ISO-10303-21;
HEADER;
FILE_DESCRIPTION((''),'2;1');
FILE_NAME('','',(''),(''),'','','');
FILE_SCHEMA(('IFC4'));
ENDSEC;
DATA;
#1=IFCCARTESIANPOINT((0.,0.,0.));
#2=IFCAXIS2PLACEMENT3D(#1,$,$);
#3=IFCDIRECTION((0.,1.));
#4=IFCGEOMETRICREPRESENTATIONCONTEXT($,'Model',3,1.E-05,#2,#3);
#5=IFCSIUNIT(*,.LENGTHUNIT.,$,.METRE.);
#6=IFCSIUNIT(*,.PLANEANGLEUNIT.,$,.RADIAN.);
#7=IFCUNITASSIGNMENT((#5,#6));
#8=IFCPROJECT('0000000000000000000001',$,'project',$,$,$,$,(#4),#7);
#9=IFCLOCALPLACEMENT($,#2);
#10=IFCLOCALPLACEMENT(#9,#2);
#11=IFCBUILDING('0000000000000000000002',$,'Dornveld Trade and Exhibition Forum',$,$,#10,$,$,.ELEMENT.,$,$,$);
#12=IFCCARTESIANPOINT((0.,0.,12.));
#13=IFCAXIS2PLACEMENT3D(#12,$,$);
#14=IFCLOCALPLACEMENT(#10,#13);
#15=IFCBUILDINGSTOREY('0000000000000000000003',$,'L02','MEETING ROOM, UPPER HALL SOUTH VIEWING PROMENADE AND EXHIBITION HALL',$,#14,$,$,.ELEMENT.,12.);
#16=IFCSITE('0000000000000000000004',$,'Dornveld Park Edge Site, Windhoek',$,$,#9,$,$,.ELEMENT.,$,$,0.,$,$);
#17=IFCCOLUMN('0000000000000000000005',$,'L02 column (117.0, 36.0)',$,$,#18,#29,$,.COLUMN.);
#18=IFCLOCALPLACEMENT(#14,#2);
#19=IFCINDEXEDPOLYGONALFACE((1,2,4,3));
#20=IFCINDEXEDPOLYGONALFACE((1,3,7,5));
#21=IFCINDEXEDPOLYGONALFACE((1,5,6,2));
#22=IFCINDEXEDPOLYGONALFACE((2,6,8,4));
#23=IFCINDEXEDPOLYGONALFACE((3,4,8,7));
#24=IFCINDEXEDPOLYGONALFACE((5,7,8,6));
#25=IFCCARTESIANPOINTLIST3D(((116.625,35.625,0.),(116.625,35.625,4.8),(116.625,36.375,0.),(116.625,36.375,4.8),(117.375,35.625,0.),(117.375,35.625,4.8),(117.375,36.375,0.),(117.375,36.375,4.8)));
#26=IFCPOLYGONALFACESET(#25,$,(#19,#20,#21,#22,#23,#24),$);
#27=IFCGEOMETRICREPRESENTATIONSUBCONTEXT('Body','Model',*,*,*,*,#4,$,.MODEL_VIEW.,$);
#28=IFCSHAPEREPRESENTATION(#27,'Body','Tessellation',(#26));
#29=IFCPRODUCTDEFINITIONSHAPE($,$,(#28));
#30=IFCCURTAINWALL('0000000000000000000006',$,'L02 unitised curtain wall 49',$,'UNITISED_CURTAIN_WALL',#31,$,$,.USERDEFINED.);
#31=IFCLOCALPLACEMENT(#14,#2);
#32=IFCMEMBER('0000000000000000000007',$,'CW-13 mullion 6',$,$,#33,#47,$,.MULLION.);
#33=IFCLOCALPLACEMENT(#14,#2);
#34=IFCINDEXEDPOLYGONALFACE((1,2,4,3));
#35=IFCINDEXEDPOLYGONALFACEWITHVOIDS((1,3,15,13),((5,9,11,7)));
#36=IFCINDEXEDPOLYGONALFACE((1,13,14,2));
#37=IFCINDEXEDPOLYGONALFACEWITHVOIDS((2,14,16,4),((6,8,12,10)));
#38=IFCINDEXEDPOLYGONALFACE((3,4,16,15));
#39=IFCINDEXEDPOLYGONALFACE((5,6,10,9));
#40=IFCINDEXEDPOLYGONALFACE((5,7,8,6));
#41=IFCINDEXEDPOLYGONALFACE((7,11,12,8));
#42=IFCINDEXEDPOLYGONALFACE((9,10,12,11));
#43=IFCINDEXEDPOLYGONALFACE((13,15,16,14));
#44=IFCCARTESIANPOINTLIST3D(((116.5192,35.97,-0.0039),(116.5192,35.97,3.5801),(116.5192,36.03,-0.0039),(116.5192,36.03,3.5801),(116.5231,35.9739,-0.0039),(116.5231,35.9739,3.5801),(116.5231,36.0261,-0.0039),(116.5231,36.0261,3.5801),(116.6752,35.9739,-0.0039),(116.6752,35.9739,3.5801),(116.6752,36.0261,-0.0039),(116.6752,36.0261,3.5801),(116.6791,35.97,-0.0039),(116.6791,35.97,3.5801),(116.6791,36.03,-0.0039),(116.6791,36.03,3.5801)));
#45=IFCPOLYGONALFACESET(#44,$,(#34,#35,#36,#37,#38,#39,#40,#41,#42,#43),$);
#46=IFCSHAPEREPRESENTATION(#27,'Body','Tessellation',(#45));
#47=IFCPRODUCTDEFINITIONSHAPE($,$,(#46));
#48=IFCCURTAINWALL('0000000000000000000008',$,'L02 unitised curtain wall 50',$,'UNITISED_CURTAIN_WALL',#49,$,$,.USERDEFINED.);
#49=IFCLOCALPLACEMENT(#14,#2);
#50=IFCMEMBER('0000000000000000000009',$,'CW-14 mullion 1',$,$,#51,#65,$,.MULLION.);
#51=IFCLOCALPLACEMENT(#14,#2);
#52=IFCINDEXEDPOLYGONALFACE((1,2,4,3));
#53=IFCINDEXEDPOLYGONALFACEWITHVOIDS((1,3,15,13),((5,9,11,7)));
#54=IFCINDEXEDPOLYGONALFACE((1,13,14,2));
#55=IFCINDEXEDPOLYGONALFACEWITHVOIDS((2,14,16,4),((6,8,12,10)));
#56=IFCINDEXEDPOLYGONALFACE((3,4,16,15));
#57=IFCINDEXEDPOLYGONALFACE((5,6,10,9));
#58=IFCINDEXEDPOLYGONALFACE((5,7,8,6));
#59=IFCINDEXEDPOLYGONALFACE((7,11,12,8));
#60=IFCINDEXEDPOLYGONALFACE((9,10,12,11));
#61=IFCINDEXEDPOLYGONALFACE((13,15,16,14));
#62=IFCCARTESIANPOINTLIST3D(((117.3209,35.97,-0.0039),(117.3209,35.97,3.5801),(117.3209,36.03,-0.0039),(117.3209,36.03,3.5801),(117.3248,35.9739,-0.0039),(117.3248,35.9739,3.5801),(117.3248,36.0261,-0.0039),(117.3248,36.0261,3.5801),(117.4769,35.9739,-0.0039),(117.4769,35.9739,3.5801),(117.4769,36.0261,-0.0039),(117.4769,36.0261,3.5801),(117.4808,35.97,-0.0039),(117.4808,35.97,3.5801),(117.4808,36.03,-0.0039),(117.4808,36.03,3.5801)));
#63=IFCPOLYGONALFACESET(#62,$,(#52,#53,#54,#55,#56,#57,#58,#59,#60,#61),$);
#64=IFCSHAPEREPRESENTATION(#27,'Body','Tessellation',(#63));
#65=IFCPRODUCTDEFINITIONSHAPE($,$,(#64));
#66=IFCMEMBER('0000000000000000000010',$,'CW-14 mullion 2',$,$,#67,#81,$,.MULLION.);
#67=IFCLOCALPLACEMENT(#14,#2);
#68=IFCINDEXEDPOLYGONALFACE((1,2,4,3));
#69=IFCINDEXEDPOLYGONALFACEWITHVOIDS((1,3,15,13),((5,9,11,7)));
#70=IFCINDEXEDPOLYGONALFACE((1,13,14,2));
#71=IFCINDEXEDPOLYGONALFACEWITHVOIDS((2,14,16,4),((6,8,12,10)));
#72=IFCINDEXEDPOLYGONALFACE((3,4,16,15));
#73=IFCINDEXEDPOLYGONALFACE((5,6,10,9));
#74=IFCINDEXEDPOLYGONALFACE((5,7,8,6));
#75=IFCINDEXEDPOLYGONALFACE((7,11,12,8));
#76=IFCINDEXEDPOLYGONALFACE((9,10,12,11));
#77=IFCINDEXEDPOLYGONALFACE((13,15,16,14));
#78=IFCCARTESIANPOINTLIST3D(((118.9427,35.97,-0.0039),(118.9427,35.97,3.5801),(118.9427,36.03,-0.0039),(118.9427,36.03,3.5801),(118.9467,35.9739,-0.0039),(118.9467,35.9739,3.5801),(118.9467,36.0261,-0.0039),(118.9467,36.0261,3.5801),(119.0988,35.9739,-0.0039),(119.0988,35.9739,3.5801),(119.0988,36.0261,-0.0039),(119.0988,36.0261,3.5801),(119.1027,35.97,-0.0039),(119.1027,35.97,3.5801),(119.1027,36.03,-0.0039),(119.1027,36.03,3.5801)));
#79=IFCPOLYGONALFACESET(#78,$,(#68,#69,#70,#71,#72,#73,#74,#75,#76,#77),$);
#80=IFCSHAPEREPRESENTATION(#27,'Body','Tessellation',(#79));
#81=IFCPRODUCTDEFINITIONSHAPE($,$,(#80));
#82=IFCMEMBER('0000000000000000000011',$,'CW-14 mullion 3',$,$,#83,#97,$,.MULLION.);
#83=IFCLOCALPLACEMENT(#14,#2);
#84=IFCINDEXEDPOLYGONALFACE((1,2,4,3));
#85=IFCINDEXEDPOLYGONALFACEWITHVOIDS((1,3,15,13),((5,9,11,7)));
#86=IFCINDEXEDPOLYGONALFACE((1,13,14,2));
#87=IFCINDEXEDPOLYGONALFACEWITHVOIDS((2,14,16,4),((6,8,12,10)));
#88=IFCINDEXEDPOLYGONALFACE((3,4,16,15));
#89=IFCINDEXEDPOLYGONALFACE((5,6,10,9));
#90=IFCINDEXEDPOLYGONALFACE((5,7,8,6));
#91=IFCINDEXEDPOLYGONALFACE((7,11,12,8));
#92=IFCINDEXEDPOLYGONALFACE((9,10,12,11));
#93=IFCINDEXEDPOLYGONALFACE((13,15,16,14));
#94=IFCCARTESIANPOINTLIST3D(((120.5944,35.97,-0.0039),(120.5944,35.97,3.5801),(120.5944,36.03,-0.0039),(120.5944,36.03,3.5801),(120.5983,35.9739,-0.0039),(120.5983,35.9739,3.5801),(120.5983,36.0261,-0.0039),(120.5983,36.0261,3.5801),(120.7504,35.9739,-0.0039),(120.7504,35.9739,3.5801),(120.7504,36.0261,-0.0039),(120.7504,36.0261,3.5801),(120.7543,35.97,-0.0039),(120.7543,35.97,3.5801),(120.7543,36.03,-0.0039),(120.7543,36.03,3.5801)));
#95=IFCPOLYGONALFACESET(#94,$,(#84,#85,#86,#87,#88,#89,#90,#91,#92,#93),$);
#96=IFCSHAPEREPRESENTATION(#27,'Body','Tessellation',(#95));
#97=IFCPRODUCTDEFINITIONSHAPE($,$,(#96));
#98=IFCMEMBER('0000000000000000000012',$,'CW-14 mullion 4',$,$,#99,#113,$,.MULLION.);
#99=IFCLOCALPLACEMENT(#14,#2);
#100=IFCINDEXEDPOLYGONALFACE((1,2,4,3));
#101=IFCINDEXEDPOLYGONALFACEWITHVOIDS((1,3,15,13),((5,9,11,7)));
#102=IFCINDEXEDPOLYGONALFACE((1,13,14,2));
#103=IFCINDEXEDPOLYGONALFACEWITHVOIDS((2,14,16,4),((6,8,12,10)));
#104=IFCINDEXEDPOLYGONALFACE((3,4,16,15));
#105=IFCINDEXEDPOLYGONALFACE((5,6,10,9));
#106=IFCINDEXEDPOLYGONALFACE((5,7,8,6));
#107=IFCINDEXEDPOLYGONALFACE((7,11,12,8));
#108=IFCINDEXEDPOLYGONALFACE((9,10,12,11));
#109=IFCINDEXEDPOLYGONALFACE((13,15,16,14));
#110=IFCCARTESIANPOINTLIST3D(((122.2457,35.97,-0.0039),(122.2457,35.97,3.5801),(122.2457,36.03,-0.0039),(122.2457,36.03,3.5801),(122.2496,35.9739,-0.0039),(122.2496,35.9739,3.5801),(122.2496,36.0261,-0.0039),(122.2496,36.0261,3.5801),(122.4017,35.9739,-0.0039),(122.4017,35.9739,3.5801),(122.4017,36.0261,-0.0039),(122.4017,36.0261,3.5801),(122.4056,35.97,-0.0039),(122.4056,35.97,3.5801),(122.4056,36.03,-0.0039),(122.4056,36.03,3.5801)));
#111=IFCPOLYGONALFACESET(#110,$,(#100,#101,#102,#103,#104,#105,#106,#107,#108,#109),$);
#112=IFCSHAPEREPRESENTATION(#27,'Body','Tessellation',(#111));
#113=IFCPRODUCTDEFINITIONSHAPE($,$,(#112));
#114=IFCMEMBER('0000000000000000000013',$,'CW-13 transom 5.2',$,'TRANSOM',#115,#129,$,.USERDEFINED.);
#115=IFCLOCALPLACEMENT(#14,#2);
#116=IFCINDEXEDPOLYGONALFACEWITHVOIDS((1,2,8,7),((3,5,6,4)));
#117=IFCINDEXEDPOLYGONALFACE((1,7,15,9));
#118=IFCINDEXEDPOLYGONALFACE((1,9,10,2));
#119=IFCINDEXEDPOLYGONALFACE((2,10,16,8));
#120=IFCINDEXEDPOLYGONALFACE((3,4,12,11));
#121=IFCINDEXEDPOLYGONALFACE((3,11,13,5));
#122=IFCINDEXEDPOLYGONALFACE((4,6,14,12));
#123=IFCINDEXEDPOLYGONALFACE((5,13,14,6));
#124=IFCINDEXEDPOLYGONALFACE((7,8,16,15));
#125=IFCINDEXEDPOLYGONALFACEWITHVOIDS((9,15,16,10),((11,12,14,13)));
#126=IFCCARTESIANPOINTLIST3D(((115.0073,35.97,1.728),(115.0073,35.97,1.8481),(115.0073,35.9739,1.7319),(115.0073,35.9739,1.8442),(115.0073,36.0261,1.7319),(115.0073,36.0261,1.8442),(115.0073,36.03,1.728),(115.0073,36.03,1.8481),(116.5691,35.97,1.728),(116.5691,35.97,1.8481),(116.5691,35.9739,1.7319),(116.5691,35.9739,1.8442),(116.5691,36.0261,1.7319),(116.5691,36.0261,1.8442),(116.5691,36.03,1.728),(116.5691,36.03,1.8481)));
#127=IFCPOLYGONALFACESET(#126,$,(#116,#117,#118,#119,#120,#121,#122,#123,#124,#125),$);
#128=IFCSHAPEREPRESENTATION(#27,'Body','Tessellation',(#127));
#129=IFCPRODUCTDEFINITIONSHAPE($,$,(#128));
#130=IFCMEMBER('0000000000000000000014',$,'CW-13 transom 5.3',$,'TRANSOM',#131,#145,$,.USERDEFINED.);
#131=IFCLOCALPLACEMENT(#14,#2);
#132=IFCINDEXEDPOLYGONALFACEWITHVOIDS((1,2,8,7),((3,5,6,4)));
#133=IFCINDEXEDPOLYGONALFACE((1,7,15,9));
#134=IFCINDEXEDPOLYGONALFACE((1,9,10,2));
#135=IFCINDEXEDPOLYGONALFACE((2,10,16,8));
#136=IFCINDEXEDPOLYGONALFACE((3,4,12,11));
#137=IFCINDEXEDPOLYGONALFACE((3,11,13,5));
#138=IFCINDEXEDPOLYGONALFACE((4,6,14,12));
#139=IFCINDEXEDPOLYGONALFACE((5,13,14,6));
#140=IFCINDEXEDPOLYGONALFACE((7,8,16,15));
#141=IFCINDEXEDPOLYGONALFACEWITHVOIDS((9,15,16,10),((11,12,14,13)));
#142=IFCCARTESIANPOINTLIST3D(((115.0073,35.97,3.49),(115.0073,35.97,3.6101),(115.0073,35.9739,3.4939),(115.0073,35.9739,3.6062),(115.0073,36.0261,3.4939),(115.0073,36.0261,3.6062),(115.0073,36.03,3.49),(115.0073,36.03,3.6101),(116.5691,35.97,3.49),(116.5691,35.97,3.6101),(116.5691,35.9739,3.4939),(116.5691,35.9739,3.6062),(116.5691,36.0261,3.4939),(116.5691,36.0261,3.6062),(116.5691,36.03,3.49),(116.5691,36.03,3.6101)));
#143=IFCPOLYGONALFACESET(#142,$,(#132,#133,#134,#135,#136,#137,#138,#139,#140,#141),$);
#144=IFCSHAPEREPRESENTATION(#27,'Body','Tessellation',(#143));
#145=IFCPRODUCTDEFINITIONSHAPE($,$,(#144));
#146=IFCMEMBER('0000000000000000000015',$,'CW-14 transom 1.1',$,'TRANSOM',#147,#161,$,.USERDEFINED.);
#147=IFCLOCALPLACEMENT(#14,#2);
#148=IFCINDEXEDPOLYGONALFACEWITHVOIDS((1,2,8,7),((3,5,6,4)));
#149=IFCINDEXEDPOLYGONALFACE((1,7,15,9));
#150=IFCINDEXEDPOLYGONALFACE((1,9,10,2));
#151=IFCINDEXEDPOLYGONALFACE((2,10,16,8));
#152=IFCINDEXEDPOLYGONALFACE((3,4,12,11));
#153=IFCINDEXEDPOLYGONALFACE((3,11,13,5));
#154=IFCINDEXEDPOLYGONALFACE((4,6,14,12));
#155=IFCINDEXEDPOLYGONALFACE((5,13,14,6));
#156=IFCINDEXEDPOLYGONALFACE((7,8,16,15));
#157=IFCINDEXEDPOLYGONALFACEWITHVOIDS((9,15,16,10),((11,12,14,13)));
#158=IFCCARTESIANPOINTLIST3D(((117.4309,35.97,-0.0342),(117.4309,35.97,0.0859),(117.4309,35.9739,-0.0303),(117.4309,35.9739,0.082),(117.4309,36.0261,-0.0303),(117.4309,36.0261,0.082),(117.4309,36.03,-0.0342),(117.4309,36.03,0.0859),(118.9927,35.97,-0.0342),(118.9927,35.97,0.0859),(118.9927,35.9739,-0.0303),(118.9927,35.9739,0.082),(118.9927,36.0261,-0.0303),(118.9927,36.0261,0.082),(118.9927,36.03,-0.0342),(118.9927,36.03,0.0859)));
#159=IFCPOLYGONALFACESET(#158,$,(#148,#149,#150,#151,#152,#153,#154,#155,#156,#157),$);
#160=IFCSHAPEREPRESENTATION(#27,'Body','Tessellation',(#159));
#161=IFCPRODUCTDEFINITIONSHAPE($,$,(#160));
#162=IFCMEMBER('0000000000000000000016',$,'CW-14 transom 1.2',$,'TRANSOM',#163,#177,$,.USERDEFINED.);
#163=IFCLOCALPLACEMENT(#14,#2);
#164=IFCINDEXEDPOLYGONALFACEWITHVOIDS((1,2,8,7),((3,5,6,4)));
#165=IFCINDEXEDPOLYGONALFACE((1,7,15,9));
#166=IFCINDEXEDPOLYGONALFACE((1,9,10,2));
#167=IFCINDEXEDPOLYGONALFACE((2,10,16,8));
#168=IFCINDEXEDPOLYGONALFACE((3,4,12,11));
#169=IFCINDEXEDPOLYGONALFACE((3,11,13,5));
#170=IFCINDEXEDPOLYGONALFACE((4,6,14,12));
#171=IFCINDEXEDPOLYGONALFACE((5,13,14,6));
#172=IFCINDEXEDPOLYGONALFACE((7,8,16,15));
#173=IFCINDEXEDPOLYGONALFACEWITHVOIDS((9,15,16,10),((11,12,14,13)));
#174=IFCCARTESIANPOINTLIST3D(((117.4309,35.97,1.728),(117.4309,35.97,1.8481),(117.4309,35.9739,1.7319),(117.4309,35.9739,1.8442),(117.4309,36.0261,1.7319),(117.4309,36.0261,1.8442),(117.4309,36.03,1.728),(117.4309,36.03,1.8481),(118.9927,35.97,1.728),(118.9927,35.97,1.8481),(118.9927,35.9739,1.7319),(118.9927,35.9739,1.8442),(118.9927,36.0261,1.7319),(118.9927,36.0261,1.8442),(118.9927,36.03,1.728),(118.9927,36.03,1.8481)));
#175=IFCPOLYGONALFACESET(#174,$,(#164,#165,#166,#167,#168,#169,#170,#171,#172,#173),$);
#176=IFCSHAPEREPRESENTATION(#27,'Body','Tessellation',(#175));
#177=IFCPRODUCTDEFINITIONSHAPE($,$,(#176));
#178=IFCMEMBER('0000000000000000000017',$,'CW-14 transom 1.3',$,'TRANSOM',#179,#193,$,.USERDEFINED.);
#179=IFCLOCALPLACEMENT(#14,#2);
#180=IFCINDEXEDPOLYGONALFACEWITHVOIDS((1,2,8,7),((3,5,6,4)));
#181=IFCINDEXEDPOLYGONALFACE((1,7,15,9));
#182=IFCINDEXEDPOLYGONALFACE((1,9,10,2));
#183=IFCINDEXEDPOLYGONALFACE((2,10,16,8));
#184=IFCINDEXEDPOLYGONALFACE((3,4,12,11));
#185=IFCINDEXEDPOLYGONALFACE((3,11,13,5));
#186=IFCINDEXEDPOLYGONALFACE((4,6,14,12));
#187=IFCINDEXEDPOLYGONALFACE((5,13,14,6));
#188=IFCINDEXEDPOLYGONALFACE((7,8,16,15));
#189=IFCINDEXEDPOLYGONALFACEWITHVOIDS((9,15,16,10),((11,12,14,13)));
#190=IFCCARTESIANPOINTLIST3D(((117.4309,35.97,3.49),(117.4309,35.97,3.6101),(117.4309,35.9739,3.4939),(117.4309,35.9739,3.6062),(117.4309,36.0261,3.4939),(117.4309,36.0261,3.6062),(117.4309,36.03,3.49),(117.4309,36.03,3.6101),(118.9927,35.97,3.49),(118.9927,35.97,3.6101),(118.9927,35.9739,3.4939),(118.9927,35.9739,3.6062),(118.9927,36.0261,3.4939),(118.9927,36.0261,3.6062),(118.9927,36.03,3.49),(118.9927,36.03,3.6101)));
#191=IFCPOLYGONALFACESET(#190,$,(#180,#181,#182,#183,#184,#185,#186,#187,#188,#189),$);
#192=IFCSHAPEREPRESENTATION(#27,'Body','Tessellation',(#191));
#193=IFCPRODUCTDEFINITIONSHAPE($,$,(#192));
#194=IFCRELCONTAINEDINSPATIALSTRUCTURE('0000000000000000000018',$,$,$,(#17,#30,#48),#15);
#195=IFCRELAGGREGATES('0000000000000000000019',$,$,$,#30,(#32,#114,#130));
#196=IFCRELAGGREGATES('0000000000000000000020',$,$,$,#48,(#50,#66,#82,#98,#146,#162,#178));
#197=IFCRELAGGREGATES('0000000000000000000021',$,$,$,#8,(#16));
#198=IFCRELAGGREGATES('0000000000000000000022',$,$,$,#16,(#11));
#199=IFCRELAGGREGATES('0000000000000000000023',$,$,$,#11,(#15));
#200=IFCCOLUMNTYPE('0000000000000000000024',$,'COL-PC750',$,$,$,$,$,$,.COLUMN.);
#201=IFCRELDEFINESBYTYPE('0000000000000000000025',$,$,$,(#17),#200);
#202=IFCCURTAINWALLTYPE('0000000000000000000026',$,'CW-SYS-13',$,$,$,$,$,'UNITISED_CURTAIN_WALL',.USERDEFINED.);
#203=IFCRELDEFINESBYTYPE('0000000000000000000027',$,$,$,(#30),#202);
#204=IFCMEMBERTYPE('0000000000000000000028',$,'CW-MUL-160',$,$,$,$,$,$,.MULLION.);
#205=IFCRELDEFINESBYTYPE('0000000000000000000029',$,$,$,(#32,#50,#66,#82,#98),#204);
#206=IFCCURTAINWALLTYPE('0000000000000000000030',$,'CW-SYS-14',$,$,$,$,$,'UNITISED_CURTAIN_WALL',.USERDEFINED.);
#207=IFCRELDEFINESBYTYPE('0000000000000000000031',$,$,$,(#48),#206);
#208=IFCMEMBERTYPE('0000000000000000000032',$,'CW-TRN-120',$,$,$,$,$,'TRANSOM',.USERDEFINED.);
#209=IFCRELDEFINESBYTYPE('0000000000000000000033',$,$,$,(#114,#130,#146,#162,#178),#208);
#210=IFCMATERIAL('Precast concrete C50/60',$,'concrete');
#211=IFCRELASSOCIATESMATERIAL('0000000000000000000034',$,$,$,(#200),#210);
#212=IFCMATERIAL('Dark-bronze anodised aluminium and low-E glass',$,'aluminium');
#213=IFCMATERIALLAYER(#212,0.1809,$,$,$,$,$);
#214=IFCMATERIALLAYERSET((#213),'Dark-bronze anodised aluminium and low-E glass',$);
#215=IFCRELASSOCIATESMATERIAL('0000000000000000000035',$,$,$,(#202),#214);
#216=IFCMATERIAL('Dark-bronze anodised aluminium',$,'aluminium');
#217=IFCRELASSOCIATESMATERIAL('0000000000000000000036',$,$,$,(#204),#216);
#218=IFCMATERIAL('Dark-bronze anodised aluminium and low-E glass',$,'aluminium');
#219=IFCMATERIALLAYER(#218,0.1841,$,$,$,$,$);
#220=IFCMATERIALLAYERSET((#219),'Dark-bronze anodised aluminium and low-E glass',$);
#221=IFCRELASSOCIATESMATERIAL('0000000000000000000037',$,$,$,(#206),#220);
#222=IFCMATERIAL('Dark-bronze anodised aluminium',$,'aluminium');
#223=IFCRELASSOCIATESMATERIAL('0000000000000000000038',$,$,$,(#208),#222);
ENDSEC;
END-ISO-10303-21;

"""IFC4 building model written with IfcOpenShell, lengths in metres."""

from ifc_helpers import new_model, si_unit, direction, frame, origin, origin_2d, place, context, subcontext, project, spatial, rectangle, hollow_rectangle, extrude, material, layer, layer_set, material_profile, profile_set, type_object, element, aggregate, save


model = new_model("IFC4")

# Units and contexts
model_context = context("Model", 3, precision=1e-05, world=origin(), true_north=direction((0.0, 1.0)))
body_context = subcontext(model_context, "Body", "Model", "MODEL_VIEW")
ifc_project = project(units=[si_unit("LENGTHUNIT", "METRE"), si_unit("PLANEANGLEUNIT", "RADIAN")], contexts=[model_context])

# Site, building, storey
site_placement = place(None, origin())
site = spatial("IfcSite", under=ifc_project, at=site_placement, Name="Dornveld Park Edge Site, Windhoek", CompositionType="ELEMENT", RefElevation=0.0)
building_placement = place(site_placement, origin())
building = spatial("IfcBuilding", under=site, at=building_placement, Name="Dornveld Trade and Exhibition Forum", CompositionType="ELEMENT")
storey_placement = place(building_placement, frame((0.0, 0.0, 12.0)))
storey = spatial("IfcBuildingStorey", under=building, at=storey_placement, Name="L02", Description="MEETING ROOM, UPPER HALL SOUTH VIEWING PROMENADE AND EXHIBITION HALL", CompositionType="ELEMENT", Elevation=12.0)

# Column
ifc_material_1 = material(Name="Precast concrete C50/60", Category="concrete")
ifc_material_profile_1 = material_profile(ifc_material_1, rectangle(XDim=0.75, YDim=0.75, at=origin_2d()), Name="PC-COL 750x750")
ifc_profile_set_1 = profile_set([ifc_material_profile_1], Name="Precast concrete C50/60")
column_type = type_object("IfcColumnType", Name="COL-PC750", PredefinedType="COLUMN", material=ifc_profile_set_1)
column_placement = place(storey_placement, frame((117.0, 36.0, 0.0), z_axis=(0.0, 0.0, 1.0), x_axis=(1.0, 0.0, 0.0)))
element("IfcColumn", 1, at=column_placement, inside=storey, type_object=column_type, Name="L02 column (117.0, 36.0)", PredefinedType="COLUMN", context=body_context, shape_type="SweptSolid", body=[
    extrude(rectangle(XDim=0.75, YDim=0.75, at=origin_2d()), origin(), (0.0, 0.0, 1.0), 4.8),
])

# Curtain wall, member
ifc_material_2 = material(Name="Dark-bronze anodised aluminium and low-E glass", Category="aluminium")
ifc_layer_1 = layer(ifc_material_2, 0.1809)
ifc_layer_set_1 = layer_set([ifc_layer_1], Name="Dark-bronze anodised aluminium and low-E glass")
curtain_wall_type_1 = type_object("IfcCurtainWallType", Name="CW-SYS-13", ElementType="UNITISED_CURTAIN_WALL", PredefinedType="USERDEFINED", material=ifc_layer_set_1)
curtain_wall_1_placement = place(storey_placement, origin())
curtain_wall_1 = element("IfcCurtainWall", 2, at=curtain_wall_1_placement, inside=storey, type_object=curtain_wall_type_1, Name="L02 unitised curtain wall 49", ObjectType="UNITISED_CURTAIN_WALL", PredefinedType="USERDEFINED")
ifc_material_3 = material(Name="Dark-bronze anodised aluminium", Category="aluminium")
ifc_material_profile_2 = material_profile(ifc_material_3, hollow_rectangle(XDim=0.0601, YDim=0.1599, WallThickness=0.0039, at=origin_2d()), Name="RHS 160x60x4")
ifc_profile_set_2 = profile_set([ifc_material_profile_2], Name="Dark-bronze anodised aluminium")
member_type_1 = type_object("IfcMemberType", Name="CW-MUL-160", PredefinedType="MULLION", material=ifc_profile_set_2)
member_1_placement = place(storey_placement, frame((116.5991, 36.0, -0.0039), z_axis=(0.0, 0.0, 1.0), x_axis=(0.0, 1.0, 0.0)))
member_1 = element("IfcMember", 3, at=member_1_placement, type_object=member_type_1, Name="CW-13 mullion 6", PredefinedType="MULLION", context=body_context, shape_type="SweptSolid", body=[
    extrude(hollow_rectangle(XDim=0.0601, YDim=0.1599, WallThickness=0.0039, at=origin_2d()), origin(), (0.0, 0.0, 1.0), 3.584),
])

# Curtain wall, members
ifc_material_4 = material(Name="Dark-bronze anodised aluminium and low-E glass", Category="aluminium")
ifc_layer_2 = layer(ifc_material_4, 0.1841)
ifc_layer_set_2 = layer_set([ifc_layer_2], Name="Dark-bronze anodised aluminium and low-E glass")
curtain_wall_type_2 = type_object("IfcCurtainWallType", Name="CW-SYS-14", ElementType="UNITISED_CURTAIN_WALL", PredefinedType="USERDEFINED", material=ifc_layer_set_2)
curtain_wall_2_placement = place(storey_placement, origin())
curtain_wall_2 = element("IfcCurtainWall", 4, at=curtain_wall_2_placement, inside=storey, type_object=curtain_wall_type_2, Name="L02 unitised curtain wall 50", ObjectType="UNITISED_CURTAIN_WALL", PredefinedType="USERDEFINED")
member_2_placement = place(storey_placement, frame((117.4009, 36.0, -0.0039), z_axis=(0.0, 0.0, 1.0), x_axis=(0.0, 1.0, 0.0)))
member_2 = element("IfcMember", 5, at=member_2_placement, type_object=member_type_1, Name="CW-14 mullion 1", PredefinedType="MULLION", context=body_context, shape_type="SweptSolid", body=[
    extrude(hollow_rectangle(XDim=0.0601, YDim=0.1599, WallThickness=0.0039, at=origin_2d()), origin(), (0.0, 0.0, 1.0), 3.584),
])
member_3_placement = place(storey_placement, frame((119.0227, 36.0, -0.0039), z_axis=(0.0, 0.0, 1.0), x_axis=(0.0, 1.0, 0.0)))
member_3 = element("IfcMember", 6, at=member_3_placement, type_object=member_type_1, Name="CW-14 mullion 2", PredefinedType="MULLION", context=body_context, shape_type="SweptSolid", body=[
    extrude(hollow_rectangle(XDim=0.0601, YDim=0.1599, WallThickness=0.0039, at=origin_2d()), origin(), (0.0, 0.0, 1.0), 3.584),
])
member_4_placement = place(storey_placement, frame((120.6743, 36.0, -0.0039), z_axis=(0.0, 0.0, 1.0), x_axis=(0.0, 1.0, 0.0)))
member_4 = element("IfcMember", 7, at=member_4_placement, type_object=member_type_1, Name="CW-14 mullion 3", PredefinedType="MULLION", context=body_context, shape_type="SweptSolid", body=[
    extrude(hollow_rectangle(XDim=0.0601, YDim=0.1599, WallThickness=0.0039, at=origin_2d()), origin(), (0.0, 0.0, 1.0), 3.584),
])
member_5_placement = place(storey_placement, frame((122.3257, 36.0, -0.0039), z_axis=(0.0, 0.0, 1.0), x_axis=(0.0, 1.0, 0.0)))
member_5 = element("IfcMember", 8, at=member_5_placement, type_object=member_type_1, Name="CW-14 mullion 4", PredefinedType="MULLION", context=body_context, shape_type="SweptSolid", body=[
    extrude(hollow_rectangle(XDim=0.0601, YDim=0.1599, WallThickness=0.0039, at=origin_2d()), origin(), (0.0, 0.0, 1.0), 3.584),
])

# Members
ifc_material_5 = material(Name="Dark-bronze anodised aluminium", Category="aluminium")
ifc_material_profile_3 = material_profile(ifc_material_5, hollow_rectangle(XDim=0.0601, YDim=0.1201, WallThickness=0.0039, at=origin_2d()), Name="RHS 120x60x4")
ifc_profile_set_3 = profile_set([ifc_material_profile_3], Name="Dark-bronze anodised aluminium")
member_type_2 = type_object("IfcMemberType", Name="CW-TRN-120", ElementType="TRANSOM", PredefinedType="USERDEFINED", material=ifc_profile_set_3)
member_6_placement = place(storey_placement, frame((115.0073, 36.0, 1.7881), z_axis=(1.0, 0.0, 0.0), x_axis=(0.0, 1.0, 0.0)))
member_6 = element("IfcMember", 9, at=member_6_placement, type_object=member_type_2, Name="CW-13 transom 5.2", ObjectType="TRANSOM", PredefinedType="USERDEFINED", context=body_context, shape_type="SweptSolid", body=[
    extrude(hollow_rectangle(XDim=0.0601, YDim=0.1201, WallThickness=0.0039, at=origin_2d()), origin(), (0.0, 0.0, 1.0), 1.5618),
])
member_7_placement = place(storey_placement, frame((115.0073, 36.0, 3.55), z_axis=(1.0, 0.0, 0.0), x_axis=(0.0, 1.0, 0.0)))
member_7 = element("IfcMember", 10, at=member_7_placement, type_object=member_type_2, Name="CW-13 transom 5.3", ObjectType="TRANSOM", PredefinedType="USERDEFINED", context=body_context, shape_type="SweptSolid", body=[
    extrude(hollow_rectangle(XDim=0.0601, YDim=0.1201, WallThickness=0.0039, at=origin_2d()), origin(), (0.0, 0.0, 1.0), 1.5618),
])
member_8_placement = place(storey_placement, frame((117.4309, 36.0, 0.0259), z_axis=(1.0, 0.0, 0.0), x_axis=(0.0, 1.0, 0.0)))
member_8 = element("IfcMember", 11, at=member_8_placement, type_object=member_type_2, Name="CW-14 transom 1.1", ObjectType="TRANSOM", PredefinedType="USERDEFINED", context=body_context, shape_type="SweptSolid", body=[
    extrude(hollow_rectangle(XDim=0.0601, YDim=0.1201, WallThickness=0.0039, at=origin_2d()), origin(), (0.0, 0.0, 1.0), 1.5618),
])
member_9_placement = place(storey_placement, frame((117.4309, 36.0, 1.7881), z_axis=(1.0, 0.0, 0.0), x_axis=(0.0, 1.0, 0.0)))
member_9 = element("IfcMember", 12, at=member_9_placement, type_object=member_type_2, Name="CW-14 transom 1.2", ObjectType="TRANSOM", PredefinedType="USERDEFINED", context=body_context, shape_type="SweptSolid", body=[
    extrude(hollow_rectangle(XDim=0.0601, YDim=0.1201, WallThickness=0.0039, at=origin_2d()), origin(), (0.0, 0.0, 1.0), 1.5618),
])
member_10_placement = place(storey_placement, frame((117.4309, 36.0, 3.55), z_axis=(1.0, 0.0, 0.0), x_axis=(0.0, 1.0, 0.0)))
member_10 = element("IfcMember", 13, at=member_10_placement, type_object=member_type_2, Name="CW-14 transom 1.3", ObjectType="TRANSOM", PredefinedType="USERDEFINED", context=body_context, shape_type="SweptSolid", body=[
    extrude(hollow_rectangle(XDim=0.0601, YDim=0.1201, WallThickness=0.0039, at=origin_2d()), origin(), (0.0, 0.0, 1.0), 1.5618),
])

aggregate(curtain_wall_1, [member_1, member_6, member_7])
aggregate(curtain_wall_2, [member_2, member_3, member_4, member_5, member_8, member_9, member_10])

save(model, "model.ifc")
